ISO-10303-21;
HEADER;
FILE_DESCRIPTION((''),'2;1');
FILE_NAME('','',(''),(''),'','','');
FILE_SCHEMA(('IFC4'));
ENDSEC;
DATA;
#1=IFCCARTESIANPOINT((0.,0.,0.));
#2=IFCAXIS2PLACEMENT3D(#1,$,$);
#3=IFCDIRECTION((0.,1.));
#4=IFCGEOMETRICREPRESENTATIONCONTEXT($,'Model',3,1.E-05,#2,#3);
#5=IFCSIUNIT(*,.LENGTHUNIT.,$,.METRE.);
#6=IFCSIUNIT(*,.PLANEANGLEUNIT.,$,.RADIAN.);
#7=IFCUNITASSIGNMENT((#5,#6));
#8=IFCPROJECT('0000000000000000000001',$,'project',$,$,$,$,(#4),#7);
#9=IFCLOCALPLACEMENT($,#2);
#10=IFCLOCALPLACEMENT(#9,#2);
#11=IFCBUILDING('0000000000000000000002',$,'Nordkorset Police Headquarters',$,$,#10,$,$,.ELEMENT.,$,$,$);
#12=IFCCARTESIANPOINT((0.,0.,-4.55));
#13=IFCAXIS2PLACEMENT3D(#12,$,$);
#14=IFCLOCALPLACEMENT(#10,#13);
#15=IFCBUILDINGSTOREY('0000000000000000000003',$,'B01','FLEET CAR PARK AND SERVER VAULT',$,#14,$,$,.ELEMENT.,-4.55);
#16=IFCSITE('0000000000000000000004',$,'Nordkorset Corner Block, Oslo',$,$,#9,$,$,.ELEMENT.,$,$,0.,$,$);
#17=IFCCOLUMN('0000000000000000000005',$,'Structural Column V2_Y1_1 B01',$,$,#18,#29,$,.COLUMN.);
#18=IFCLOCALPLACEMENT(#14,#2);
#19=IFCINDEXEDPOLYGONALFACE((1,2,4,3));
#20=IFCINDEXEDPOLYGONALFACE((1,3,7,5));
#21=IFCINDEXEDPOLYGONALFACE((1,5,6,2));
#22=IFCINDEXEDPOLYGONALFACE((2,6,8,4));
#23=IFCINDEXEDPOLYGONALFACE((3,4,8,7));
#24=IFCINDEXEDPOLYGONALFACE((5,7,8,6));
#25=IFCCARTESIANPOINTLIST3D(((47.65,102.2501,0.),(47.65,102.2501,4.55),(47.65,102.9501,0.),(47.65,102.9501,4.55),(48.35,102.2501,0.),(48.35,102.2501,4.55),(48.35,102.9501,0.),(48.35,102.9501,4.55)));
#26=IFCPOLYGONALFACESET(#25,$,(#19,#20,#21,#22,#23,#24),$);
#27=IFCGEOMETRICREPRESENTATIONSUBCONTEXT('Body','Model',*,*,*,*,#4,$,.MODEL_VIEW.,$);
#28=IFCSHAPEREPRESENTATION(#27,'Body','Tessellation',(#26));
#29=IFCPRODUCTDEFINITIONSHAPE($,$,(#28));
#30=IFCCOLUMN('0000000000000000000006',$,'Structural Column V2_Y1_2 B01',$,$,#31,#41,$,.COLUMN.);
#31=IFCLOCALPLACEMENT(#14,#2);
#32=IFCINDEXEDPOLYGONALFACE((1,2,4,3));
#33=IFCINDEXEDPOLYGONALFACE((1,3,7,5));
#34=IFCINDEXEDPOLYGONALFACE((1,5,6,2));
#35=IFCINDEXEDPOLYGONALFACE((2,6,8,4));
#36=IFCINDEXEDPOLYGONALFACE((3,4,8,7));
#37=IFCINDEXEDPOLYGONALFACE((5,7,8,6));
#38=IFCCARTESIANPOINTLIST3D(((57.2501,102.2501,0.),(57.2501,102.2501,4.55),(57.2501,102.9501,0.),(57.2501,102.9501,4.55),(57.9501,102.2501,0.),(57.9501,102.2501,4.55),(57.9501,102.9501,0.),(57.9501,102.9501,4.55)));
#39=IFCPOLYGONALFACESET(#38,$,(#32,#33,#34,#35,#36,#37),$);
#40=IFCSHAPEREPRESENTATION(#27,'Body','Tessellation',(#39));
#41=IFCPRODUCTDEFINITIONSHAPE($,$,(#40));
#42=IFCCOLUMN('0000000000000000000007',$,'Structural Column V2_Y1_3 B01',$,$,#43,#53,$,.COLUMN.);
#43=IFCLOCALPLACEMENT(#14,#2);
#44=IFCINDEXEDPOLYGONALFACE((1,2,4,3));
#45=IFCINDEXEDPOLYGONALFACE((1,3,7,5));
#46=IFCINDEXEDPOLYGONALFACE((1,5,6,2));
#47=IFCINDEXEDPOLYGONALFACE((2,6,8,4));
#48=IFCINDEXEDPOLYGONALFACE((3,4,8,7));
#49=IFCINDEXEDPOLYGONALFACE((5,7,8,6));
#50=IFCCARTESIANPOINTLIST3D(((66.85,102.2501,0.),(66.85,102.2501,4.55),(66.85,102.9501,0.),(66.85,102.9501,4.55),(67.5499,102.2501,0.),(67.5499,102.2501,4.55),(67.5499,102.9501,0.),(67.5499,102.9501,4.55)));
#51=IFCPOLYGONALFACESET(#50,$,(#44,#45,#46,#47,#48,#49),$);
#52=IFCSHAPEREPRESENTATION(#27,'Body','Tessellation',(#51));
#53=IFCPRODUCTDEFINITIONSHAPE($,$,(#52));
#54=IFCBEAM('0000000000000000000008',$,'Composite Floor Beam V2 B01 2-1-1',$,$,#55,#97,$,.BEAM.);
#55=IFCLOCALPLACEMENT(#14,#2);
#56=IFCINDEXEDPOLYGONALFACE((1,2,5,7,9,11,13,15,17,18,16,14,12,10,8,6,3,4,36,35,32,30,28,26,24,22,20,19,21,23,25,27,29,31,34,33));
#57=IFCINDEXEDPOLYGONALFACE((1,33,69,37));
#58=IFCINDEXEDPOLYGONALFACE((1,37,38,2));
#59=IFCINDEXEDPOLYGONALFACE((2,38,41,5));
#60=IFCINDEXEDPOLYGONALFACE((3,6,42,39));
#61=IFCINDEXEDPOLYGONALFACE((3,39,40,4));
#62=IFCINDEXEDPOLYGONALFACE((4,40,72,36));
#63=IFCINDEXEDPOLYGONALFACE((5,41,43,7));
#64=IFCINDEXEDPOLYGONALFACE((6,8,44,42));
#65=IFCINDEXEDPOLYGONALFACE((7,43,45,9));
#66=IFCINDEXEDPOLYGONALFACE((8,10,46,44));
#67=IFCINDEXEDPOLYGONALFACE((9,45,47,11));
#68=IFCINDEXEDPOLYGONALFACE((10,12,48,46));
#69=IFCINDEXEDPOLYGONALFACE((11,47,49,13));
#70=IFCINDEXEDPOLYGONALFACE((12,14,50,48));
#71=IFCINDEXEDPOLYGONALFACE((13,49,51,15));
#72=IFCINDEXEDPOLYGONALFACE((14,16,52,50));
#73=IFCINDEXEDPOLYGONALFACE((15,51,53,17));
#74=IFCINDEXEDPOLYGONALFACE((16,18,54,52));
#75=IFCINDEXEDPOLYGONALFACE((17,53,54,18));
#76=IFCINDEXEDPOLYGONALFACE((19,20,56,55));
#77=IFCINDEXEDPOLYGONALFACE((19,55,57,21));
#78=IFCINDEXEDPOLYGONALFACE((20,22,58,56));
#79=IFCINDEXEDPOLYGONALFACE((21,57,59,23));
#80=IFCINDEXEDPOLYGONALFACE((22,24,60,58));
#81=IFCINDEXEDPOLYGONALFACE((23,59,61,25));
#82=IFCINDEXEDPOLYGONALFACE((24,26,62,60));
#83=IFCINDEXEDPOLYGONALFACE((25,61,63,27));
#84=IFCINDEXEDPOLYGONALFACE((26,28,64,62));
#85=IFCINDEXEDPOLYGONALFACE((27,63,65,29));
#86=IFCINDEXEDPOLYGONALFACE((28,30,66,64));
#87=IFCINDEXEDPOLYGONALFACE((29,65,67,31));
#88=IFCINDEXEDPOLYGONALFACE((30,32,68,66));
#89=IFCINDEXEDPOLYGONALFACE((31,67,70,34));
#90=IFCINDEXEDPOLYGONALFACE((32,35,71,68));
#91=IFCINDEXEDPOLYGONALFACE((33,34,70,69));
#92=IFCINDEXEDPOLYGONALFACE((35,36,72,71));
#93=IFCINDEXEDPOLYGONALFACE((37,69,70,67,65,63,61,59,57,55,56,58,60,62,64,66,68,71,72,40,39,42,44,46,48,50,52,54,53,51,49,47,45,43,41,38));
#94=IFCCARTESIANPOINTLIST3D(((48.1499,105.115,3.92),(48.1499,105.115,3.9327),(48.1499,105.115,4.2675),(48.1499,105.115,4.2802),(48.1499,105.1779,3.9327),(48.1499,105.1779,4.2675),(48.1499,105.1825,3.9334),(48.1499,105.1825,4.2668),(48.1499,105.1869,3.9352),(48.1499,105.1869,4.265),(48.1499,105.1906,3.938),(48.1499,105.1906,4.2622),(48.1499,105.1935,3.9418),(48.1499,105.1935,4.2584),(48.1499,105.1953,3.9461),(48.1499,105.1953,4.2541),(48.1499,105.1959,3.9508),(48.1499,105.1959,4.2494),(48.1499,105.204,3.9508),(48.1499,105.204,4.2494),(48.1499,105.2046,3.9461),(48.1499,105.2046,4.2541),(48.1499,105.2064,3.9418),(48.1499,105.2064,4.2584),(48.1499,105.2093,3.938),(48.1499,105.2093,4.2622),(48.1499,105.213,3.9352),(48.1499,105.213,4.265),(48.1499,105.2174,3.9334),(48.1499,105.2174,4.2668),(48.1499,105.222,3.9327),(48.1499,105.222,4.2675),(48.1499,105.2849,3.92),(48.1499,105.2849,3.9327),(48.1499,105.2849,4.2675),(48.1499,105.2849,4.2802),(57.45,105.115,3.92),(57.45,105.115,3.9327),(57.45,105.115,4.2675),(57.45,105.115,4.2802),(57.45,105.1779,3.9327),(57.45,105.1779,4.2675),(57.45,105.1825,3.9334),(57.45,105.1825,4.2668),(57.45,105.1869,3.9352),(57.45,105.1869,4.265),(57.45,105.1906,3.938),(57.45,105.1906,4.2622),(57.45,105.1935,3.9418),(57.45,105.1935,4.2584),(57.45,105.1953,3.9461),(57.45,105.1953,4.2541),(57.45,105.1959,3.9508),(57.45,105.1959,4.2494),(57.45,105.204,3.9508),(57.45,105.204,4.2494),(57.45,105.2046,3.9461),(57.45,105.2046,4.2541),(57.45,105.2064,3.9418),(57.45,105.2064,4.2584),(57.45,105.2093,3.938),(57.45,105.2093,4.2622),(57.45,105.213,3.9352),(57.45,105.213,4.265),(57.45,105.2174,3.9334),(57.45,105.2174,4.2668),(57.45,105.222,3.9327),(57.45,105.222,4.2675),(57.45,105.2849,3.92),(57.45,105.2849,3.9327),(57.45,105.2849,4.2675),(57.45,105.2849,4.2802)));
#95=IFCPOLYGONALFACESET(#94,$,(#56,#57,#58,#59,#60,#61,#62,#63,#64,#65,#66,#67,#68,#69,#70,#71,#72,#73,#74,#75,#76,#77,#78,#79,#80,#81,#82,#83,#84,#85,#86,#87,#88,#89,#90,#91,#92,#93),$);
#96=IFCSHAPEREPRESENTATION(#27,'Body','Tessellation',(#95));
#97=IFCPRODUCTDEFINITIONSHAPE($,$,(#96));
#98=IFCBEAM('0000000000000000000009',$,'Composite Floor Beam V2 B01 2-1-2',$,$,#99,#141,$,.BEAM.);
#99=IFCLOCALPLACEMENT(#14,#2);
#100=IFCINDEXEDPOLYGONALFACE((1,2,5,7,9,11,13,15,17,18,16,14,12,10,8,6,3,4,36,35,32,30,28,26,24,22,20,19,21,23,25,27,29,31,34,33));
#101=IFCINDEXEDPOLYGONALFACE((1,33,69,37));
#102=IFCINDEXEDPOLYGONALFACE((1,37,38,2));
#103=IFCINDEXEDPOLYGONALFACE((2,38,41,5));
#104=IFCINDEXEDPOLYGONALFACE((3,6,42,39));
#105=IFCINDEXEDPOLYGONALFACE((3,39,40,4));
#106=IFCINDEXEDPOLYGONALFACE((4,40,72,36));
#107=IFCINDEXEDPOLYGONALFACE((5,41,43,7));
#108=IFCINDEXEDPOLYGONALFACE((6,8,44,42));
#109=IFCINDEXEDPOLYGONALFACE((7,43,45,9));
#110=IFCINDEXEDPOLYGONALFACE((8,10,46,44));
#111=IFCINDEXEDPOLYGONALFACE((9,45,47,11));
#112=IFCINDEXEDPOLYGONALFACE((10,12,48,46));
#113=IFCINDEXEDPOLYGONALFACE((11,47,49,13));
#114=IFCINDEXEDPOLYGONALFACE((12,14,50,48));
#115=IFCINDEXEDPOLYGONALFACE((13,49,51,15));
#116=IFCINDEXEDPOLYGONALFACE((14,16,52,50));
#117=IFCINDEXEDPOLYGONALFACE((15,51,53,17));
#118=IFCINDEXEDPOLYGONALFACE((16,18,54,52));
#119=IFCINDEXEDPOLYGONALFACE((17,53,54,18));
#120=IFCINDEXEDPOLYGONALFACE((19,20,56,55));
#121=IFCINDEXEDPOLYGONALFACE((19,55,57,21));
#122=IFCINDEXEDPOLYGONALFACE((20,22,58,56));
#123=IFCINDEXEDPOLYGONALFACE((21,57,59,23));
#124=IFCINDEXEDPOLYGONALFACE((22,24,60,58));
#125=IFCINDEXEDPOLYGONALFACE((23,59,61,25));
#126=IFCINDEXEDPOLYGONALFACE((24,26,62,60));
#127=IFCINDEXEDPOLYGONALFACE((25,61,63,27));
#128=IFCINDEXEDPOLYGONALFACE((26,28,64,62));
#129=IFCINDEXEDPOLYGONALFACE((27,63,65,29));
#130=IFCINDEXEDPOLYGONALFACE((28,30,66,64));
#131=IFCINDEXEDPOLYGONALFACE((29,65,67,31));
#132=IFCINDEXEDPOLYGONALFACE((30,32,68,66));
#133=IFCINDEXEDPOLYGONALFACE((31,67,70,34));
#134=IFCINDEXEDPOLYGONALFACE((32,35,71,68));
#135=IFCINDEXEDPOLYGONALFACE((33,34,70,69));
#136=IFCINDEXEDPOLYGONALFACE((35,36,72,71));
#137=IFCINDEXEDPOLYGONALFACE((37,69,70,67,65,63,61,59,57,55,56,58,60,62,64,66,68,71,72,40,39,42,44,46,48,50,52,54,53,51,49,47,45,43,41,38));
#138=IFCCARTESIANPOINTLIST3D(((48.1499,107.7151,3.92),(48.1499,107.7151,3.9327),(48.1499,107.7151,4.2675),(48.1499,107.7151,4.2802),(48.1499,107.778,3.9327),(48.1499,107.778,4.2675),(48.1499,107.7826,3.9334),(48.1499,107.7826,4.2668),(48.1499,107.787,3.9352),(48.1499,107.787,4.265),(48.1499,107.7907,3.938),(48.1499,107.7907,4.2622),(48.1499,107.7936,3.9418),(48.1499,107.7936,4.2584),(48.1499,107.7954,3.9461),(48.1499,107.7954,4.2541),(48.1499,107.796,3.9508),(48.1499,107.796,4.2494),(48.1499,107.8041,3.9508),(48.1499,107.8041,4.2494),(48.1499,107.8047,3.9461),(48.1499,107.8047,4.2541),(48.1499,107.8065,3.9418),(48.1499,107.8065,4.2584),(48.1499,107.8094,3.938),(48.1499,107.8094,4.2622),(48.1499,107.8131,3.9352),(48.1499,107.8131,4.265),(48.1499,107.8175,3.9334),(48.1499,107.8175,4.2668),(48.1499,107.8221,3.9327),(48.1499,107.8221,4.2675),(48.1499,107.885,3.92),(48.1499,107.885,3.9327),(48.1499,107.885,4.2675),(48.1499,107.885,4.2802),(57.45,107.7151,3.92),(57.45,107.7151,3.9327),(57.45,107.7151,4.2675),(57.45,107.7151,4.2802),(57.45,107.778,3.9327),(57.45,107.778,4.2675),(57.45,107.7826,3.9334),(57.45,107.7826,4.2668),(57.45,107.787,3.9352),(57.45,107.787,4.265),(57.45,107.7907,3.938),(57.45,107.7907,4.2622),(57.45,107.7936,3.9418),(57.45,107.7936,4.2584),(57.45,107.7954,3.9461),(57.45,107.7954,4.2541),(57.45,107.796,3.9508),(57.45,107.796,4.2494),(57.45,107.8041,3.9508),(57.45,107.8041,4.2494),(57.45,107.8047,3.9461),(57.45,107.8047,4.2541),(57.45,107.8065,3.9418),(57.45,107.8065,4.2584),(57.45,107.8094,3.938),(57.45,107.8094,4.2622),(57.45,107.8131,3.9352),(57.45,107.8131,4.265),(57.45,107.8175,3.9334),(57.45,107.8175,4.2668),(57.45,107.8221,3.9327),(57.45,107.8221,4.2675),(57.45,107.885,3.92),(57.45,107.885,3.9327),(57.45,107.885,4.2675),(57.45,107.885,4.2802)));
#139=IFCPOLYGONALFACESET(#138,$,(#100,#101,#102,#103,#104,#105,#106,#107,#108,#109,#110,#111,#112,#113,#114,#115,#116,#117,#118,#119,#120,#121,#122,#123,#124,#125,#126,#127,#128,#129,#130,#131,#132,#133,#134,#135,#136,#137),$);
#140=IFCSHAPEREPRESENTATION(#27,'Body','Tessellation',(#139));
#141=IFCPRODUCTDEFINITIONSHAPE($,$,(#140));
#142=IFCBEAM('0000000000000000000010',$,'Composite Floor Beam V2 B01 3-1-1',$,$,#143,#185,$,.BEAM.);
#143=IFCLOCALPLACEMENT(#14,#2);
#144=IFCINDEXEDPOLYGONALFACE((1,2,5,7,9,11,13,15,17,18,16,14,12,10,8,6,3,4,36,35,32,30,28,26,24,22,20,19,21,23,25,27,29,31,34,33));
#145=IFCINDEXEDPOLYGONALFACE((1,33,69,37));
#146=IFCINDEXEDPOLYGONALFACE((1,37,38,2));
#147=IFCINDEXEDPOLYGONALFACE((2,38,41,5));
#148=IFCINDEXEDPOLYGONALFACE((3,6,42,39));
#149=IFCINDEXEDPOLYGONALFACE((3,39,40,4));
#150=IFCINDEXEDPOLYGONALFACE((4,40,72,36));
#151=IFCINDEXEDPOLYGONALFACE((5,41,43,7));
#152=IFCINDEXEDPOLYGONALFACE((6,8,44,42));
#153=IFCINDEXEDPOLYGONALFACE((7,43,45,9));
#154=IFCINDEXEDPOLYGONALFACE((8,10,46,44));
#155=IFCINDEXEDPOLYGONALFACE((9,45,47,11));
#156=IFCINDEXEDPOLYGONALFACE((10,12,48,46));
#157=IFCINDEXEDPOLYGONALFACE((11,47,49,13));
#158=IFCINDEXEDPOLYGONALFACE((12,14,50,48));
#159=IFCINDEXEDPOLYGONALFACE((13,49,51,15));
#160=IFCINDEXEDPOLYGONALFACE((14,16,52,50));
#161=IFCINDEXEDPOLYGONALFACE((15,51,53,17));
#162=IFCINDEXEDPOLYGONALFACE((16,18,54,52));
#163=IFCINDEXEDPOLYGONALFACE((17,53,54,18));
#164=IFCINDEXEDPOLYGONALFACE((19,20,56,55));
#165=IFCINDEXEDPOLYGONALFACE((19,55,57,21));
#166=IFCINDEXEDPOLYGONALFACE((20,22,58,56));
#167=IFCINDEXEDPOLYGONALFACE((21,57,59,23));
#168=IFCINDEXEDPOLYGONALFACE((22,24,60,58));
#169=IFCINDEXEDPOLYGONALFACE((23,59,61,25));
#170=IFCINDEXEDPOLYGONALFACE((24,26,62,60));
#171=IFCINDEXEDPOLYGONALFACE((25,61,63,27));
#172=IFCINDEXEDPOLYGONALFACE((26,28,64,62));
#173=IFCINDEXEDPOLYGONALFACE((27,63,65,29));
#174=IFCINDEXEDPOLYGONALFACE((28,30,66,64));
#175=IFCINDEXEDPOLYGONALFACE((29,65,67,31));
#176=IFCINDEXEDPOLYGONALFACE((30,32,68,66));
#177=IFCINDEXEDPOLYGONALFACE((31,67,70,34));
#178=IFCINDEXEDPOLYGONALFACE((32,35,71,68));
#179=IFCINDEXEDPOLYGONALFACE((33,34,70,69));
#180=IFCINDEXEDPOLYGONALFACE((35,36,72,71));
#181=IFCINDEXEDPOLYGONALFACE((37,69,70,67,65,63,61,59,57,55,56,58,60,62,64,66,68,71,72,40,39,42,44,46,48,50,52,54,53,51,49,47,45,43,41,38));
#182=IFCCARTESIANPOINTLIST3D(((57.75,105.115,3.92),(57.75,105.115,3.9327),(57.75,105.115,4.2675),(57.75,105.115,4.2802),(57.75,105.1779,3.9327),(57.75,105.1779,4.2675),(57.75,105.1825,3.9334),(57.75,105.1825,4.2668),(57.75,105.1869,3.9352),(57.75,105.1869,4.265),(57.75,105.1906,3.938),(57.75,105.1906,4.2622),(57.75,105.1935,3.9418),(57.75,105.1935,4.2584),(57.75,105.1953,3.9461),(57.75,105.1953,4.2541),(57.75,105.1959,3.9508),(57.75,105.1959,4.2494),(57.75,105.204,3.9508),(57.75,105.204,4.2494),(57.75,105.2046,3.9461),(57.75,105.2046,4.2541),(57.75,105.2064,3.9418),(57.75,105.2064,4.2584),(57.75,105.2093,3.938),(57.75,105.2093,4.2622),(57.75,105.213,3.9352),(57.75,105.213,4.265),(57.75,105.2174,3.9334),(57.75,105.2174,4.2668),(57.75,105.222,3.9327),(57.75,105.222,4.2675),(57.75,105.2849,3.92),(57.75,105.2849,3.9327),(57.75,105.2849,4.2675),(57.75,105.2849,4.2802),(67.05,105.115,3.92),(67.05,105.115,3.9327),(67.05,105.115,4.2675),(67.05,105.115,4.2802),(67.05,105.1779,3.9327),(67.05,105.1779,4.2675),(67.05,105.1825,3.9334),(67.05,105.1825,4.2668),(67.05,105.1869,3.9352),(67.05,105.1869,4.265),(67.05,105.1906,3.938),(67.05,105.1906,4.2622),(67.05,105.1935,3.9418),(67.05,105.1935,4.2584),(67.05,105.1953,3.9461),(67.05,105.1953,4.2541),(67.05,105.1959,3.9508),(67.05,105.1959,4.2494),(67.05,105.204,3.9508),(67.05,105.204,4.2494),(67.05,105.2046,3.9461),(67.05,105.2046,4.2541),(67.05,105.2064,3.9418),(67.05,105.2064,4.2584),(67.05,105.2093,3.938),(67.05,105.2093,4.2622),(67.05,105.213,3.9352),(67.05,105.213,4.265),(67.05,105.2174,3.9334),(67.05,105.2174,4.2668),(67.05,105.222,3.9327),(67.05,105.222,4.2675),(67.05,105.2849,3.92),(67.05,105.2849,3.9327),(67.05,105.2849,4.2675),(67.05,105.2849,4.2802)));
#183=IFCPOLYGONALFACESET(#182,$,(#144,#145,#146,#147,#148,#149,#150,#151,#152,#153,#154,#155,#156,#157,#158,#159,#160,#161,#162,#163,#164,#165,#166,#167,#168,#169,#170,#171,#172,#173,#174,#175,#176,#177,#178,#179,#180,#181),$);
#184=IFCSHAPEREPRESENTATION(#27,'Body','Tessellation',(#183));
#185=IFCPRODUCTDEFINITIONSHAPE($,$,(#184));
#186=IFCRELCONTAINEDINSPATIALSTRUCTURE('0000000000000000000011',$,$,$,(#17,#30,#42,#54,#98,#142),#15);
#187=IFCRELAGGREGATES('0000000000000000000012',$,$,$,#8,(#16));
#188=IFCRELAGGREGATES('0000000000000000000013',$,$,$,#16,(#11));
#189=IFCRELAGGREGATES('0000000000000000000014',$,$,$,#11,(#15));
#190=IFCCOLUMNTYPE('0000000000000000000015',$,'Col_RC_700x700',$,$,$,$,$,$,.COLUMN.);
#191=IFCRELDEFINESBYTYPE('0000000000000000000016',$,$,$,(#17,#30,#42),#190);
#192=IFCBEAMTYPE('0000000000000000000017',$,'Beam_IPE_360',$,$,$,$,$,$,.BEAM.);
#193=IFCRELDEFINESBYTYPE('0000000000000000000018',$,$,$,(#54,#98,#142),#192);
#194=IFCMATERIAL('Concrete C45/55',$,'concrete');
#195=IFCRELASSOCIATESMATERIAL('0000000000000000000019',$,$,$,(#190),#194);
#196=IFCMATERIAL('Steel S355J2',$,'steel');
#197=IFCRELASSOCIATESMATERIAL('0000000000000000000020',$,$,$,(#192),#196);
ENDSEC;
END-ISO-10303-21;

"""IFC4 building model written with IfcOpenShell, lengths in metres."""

from ifc_helpers import new_model, si_unit, direction, frame, origin, origin_2d, place, context, subcontext, project, spatial, rectangle, i_section, extrude, material, material_profile, profile_set, type_object, element, save


model = new_model("IFC4")

# Units and contexts
model_context = context("Model", 3, precision=1e-05, world=origin(), true_north=direction((0.0, 1.0)))
body_context = subcontext(model_context, "Body", "Model", "MODEL_VIEW")
ifc_project = project(units=[si_unit("LENGTHUNIT", "METRE"), si_unit("PLANEANGLEUNIT", "RADIAN")], contexts=[model_context])

# Site, building, storey
site_placement = place(None, origin())
site = spatial("IfcSite", under=ifc_project, at=site_placement, Name="Nordkorset Corner Block, Oslo", CompositionType="ELEMENT", RefElevation=0.0)
building_placement = place(site_placement, origin())
building = spatial("IfcBuilding", under=site, at=building_placement, Name="Nordkorset Police Headquarters", CompositionType="ELEMENT")
storey_placement = place(building_placement, frame((0.0, 0.0, -4.55)))
storey = spatial("IfcBuildingStorey", under=building, at=storey_placement, Name="B01", Description="FLEET CAR PARK AND SERVER VAULT", CompositionType="ELEMENT", Elevation=-4.55)

# Columns
ifc_material_1 = material(Name="Concrete C45/55", Category="concrete")
ifc_material_profile_1 = material_profile(ifc_material_1, rectangle(XDim=0.7, YDim=0.7, at=origin_2d()), Name="RC 700x700")
ifc_profile_set_1 = profile_set([ifc_material_profile_1], Name="Concrete C45/55")
column_type = type_object("IfcColumnType", Name="Col_RC_700x700", PredefinedType="COLUMN", material=ifc_profile_set_1)
for number, where, z_axis, x_axis, name in (
    (1, (48.0, 102.6001, 0.0), (0.0, 0.0, 1.0), (1.0, 0.0, 0.0), "Structural Column V2_Y1_1 B01"),
    (2, (57.6001, 102.6001, 0.0), (0.0, 0.0, 1.0), (1.0, 0.0, 0.0), "Structural Column V2_Y1_2 B01"),
    (3, (67.2, 102.6001, 0.0), (0.0, 0.0, 1.0), (1.0, 0.0, 0.0), "Structural Column V2_Y1_3 B01"),
):
    element("IfcColumn", number, at=place(storey_placement, frame(where, z_axis=z_axis, x_axis=x_axis)), inside=storey, type_object=column_type, Name=name, PredefinedType="COLUMN", context=body_context, shape_type="SweptSolid", body=[
        extrude(rectangle(XDim=0.7, YDim=0.7, at=origin_2d()), origin(), (0.0, 0.0, 1.0), 4.55),
    ])

# Beams
ifc_material_2 = material(Name="Steel S355J2", Category="steel")
ifc_material_profile_2 = material_profile(ifc_material_2, i_section(OverallWidth=0.1699, OverallDepth=0.3601, WebThickness=0.0081, FlangeThickness=0.0127, FilletRadius=0.0181, at=origin_2d()), Name="IPE 360")
ifc_profile_set_2 = profile_set([ifc_material_profile_2], Name="Steel S355J2")
beam_type_1 = type_object("IfcBeamType", Name="Beam_IPE_360", PredefinedType="BEAM", material=ifc_profile_set_2)
for number, where, z_axis, x_axis, name in (
    (4, (48.1499, 105.2, 4.1001), (1.0, 0.0, 0.0), (0.0, 1.0, 0.0), "Composite Floor Beam V2 B01 2-1-1"),
    (5, (48.1499, 107.8, 4.1001), (1.0, 0.0, 0.0), (0.0, 1.0, 0.0), "Composite Floor Beam V2 B01 2-1-2"),
    (6, (57.75, 105.2, 4.1001), (1.0, 0.0, 0.0), (0.0, 1.0, 0.0), "Composite Floor Beam V2 B01 3-1-1"),
):
    element("IfcBeam", number, at=place(storey_placement, frame(where, z_axis=z_axis, x_axis=x_axis)), inside=storey, type_object=beam_type_1, Name=name, PredefinedType="BEAM", context=body_context, shape_type="SweptSolid", body=[
        extrude(i_section(OverallWidth=0.1699, OverallDepth=0.3601, WebThickness=0.0081, FlangeThickness=0.0127, FilletRadius=0.0181, at=origin_2d()), origin(), (0.0, 0.0, 1.0), 9.3),
    ])

save(model, "model.ifc")
